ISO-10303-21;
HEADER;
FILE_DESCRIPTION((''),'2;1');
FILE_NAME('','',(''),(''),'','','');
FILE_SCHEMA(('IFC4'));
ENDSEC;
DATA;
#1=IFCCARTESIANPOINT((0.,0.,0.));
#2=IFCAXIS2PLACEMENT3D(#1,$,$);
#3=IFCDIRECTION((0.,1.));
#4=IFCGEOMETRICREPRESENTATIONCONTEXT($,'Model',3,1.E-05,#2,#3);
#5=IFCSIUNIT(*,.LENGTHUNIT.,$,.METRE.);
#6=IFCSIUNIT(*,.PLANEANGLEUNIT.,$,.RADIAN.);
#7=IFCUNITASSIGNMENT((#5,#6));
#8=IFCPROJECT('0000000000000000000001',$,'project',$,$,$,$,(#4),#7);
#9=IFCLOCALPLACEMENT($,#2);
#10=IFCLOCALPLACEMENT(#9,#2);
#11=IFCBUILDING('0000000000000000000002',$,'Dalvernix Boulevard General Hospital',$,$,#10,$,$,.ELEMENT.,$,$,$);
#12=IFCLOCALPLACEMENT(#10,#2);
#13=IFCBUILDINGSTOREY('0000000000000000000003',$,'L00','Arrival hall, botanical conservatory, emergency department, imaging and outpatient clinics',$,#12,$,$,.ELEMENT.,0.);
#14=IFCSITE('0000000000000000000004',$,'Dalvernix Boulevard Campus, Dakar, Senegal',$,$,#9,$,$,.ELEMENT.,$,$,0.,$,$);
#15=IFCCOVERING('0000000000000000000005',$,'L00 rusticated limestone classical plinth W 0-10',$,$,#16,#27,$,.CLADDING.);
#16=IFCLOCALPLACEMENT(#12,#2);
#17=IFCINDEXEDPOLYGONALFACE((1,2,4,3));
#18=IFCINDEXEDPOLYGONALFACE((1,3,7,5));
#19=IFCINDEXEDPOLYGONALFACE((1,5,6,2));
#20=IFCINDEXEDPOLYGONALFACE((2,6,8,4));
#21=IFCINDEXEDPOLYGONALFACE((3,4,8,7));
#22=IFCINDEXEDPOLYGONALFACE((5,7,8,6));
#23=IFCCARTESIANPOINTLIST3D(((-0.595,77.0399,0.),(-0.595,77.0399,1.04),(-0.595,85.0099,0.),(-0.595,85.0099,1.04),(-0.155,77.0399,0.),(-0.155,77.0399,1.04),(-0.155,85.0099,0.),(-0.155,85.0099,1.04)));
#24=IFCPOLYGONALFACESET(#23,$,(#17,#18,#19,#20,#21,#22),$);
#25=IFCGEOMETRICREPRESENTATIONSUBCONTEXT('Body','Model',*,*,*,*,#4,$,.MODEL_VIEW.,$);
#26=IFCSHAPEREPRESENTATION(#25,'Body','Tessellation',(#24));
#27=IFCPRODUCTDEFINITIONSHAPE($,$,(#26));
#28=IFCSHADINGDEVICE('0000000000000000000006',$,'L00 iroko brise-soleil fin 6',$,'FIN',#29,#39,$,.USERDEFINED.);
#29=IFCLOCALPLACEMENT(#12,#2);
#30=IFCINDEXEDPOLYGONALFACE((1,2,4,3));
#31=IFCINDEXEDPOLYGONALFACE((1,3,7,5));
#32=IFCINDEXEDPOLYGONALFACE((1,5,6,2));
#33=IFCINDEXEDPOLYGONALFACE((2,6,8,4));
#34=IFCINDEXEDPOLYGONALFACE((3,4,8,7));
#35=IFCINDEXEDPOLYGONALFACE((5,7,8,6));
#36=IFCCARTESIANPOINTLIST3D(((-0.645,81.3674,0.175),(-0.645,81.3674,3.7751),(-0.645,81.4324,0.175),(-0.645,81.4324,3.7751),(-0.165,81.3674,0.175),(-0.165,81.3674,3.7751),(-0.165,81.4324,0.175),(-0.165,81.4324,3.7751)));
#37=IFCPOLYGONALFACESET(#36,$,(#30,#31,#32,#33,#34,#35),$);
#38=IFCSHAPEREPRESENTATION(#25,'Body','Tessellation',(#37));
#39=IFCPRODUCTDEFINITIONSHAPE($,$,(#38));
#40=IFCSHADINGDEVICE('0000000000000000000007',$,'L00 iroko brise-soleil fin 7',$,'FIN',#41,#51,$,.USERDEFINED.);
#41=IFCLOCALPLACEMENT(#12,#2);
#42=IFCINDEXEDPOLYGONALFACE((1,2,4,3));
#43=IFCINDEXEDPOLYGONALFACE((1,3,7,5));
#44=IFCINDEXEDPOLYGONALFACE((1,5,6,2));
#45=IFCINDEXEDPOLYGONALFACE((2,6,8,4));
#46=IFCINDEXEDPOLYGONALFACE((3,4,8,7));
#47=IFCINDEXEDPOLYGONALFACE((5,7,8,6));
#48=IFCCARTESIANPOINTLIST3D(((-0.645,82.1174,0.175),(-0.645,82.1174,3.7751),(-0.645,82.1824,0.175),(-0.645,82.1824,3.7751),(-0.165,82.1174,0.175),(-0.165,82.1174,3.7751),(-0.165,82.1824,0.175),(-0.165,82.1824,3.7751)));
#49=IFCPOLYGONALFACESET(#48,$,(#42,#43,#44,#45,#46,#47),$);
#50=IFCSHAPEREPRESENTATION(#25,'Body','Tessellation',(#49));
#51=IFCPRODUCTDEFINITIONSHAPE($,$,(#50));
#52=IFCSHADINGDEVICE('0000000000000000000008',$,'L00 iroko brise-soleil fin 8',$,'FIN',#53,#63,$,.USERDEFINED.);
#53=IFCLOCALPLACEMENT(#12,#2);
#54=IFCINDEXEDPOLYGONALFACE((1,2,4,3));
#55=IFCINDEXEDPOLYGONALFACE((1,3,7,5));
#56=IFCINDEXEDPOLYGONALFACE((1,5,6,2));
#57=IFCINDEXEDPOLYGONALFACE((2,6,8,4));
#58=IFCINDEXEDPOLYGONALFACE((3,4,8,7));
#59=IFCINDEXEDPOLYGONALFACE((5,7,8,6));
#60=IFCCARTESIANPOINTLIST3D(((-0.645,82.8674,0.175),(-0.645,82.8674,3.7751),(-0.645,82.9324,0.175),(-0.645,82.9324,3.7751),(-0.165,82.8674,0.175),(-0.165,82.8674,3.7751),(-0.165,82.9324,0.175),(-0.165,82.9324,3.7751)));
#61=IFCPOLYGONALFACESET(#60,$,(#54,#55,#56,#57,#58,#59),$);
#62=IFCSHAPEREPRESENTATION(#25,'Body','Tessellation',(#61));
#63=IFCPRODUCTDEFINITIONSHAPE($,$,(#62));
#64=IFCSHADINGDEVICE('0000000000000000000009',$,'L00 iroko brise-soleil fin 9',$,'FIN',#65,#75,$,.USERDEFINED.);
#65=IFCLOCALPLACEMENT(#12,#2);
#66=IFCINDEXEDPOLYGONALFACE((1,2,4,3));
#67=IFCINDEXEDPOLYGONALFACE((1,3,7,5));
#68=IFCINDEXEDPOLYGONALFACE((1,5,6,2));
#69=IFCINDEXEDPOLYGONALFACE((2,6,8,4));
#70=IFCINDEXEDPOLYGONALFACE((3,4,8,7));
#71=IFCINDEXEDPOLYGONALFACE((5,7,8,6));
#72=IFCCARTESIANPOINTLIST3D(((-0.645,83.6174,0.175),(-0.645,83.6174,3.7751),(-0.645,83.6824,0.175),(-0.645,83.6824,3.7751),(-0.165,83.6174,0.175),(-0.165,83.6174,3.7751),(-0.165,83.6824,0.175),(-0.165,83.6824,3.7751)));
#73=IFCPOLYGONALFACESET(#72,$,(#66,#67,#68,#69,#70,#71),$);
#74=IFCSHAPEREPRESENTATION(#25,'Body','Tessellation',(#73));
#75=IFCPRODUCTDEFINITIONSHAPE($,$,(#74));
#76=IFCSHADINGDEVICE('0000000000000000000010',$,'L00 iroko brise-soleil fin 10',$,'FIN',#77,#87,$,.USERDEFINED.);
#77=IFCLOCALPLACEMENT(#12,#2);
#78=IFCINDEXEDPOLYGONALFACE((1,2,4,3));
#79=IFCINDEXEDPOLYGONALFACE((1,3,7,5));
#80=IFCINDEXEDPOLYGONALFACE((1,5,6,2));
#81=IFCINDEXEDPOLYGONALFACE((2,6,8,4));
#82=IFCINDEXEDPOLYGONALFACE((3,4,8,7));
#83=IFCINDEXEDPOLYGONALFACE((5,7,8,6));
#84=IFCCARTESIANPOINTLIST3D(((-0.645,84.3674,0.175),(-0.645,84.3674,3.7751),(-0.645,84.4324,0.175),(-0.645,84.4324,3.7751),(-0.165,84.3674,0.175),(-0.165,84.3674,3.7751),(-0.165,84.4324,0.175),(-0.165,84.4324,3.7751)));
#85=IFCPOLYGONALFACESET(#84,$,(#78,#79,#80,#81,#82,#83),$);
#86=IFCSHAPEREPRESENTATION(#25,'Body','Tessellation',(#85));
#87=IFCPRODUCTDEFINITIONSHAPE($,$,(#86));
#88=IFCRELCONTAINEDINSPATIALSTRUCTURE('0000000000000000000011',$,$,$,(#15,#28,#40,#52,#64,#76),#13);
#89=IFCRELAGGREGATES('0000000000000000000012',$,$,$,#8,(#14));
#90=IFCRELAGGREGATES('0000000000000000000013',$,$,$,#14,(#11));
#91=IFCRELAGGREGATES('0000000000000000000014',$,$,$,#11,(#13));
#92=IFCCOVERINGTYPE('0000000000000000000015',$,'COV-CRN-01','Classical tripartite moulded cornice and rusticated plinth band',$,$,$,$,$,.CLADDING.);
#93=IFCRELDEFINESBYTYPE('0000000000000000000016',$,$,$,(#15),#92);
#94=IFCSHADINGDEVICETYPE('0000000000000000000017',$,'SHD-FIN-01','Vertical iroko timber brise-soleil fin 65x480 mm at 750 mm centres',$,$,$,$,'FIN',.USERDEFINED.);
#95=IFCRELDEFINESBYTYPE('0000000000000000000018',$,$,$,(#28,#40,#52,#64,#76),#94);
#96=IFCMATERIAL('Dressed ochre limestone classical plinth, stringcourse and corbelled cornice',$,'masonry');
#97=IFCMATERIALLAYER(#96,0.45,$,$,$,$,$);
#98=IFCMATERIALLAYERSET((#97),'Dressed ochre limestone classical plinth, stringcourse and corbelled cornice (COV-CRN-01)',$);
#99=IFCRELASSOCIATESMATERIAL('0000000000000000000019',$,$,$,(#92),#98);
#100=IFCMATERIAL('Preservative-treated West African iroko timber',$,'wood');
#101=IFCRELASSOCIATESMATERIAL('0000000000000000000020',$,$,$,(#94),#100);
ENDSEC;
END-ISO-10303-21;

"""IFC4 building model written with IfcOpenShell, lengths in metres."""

from ifc_helpers import new_model, si_unit, direction, frame, origin, origin_2d, place, context, subcontext, project, spatial, rectangle, extrude, material, layer, layer_set, type_object, element, save


model = new_model("IFC4")

# Units and contexts
model_context = context("Model", 3, precision=1e-05, world=origin(), true_north=direction((0.0, 1.0)))
body_context = subcontext(model_context, "Body", "Model", "MODEL_VIEW")
ifc_project = project(units=[si_unit("LENGTHUNIT", "METRE"), si_unit("PLANEANGLEUNIT", "RADIAN")], contexts=[model_context])

# Site, building, storey
site_placement = place(None, origin())
site = spatial("IfcSite", under=ifc_project, at=site_placement, Name="Dalvernix Boulevard Campus, Dakar, Senegal", CompositionType="ELEMENT", RefElevation=0.0)
building_placement = place(site_placement, origin())
building = spatial("IfcBuilding", under=site, at=building_placement, Name="Dalvernix Boulevard General Hospital", CompositionType="ELEMENT")
storey_placement = place(building_placement, origin())
storey = spatial("IfcBuildingStorey", under=building, at=storey_placement, Name="L00", Description="Arrival hall, botanical conservatory, emergency department, imaging and outpatient clinics", CompositionType="ELEMENT", Elevation=0.0)

# Covering
ifc_material_1 = material(Name="Dressed ochre limestone classical plinth, stringcourse and corbelled cornice", Category="masonry")
ifc_layer_1 = layer(ifc_material_1, 0.45)
ifc_layer_set_1 = layer_set([ifc_layer_1], Name="Dressed ochre limestone classical plinth, stringcourse and corbelled cornice (COV-CRN-01)")
covering_type_1 = type_object("IfcCoveringType", Name="COV-CRN-01", Description="Classical tripartite moulded cornice and rusticated plinth band", PredefinedType="CLADDING", material=ifc_layer_set_1)
covering_1_placement = place(storey_placement, frame((-0.375, 81.0249, 0.0), z_axis=(0.0, 0.0, 1.0), x_axis=(0.0, 1.0, 0.0)))
element("IfcCovering", 1, at=covering_1_placement, inside=storey, type_object=covering_type_1, Name="L00 rusticated limestone classical plinth W 0-10", PredefinedType="CLADDING", context=body_context, shape_type="SweptSolid", body=[
    extrude(rectangle(XDim=7.97, YDim=0.4399, at=origin_2d()), origin(), (0.0, 0.0, 1.0), 1.04),
])

# Shading devices
ifc_material_2 = material(Name="Preservative-treated West African iroko timber", Category="wood")
shading_device_type = type_object("IfcShadingDeviceType", Name="SHD-FIN-01", Description="Vertical iroko timber brise-soleil fin 65x480 mm at 750 mm centres", ElementType="FIN", PredefinedType="USERDEFINED", material=ifc_material_2)
for number, where, z_axis, x_axis, name in (
    (2, (-0.405, 81.3999, 0.175), (0.0, 0.0, 1.0), (0.0, 1.0, 0.0), "L00 iroko brise-soleil fin 6"),
    (3, (-0.405, 82.1499, 0.175), (0.0, 0.0, 1.0), (0.0, 1.0, 0.0), "L00 iroko brise-soleil fin 7"),
    (4, (-0.405, 82.8999, 0.175), (0.0, 0.0, 1.0), (0.0, 1.0, 0.0), "L00 iroko brise-soleil fin 8"),
    (5, (-0.405, 83.6499, 0.175), (0.0, 0.0, 1.0), (0.0, 1.0, 0.0), "L00 iroko brise-soleil fin 9"),
    (6, (-0.405, 84.3999, 0.175), (0.0, 0.0, 1.0), (0.0, 1.0, 0.0), "L00 iroko brise-soleil fin 10"),
):
    element("IfcShadingDevice", number, at=place(storey_placement, frame(where, z_axis=z_axis, x_axis=x_axis)), inside=storey, type_object=shading_device_type, Name=name, ObjectType="FIN", PredefinedType="USERDEFINED", context=body_context, shape_type="SweptSolid", body=[
        extrude(rectangle(XDim=0.0649, YDim=0.48, at=origin_2d()), origin(), (0.0, 0.0, 1.0), 3.6001),
    ])

save(model, "model.ifc")
